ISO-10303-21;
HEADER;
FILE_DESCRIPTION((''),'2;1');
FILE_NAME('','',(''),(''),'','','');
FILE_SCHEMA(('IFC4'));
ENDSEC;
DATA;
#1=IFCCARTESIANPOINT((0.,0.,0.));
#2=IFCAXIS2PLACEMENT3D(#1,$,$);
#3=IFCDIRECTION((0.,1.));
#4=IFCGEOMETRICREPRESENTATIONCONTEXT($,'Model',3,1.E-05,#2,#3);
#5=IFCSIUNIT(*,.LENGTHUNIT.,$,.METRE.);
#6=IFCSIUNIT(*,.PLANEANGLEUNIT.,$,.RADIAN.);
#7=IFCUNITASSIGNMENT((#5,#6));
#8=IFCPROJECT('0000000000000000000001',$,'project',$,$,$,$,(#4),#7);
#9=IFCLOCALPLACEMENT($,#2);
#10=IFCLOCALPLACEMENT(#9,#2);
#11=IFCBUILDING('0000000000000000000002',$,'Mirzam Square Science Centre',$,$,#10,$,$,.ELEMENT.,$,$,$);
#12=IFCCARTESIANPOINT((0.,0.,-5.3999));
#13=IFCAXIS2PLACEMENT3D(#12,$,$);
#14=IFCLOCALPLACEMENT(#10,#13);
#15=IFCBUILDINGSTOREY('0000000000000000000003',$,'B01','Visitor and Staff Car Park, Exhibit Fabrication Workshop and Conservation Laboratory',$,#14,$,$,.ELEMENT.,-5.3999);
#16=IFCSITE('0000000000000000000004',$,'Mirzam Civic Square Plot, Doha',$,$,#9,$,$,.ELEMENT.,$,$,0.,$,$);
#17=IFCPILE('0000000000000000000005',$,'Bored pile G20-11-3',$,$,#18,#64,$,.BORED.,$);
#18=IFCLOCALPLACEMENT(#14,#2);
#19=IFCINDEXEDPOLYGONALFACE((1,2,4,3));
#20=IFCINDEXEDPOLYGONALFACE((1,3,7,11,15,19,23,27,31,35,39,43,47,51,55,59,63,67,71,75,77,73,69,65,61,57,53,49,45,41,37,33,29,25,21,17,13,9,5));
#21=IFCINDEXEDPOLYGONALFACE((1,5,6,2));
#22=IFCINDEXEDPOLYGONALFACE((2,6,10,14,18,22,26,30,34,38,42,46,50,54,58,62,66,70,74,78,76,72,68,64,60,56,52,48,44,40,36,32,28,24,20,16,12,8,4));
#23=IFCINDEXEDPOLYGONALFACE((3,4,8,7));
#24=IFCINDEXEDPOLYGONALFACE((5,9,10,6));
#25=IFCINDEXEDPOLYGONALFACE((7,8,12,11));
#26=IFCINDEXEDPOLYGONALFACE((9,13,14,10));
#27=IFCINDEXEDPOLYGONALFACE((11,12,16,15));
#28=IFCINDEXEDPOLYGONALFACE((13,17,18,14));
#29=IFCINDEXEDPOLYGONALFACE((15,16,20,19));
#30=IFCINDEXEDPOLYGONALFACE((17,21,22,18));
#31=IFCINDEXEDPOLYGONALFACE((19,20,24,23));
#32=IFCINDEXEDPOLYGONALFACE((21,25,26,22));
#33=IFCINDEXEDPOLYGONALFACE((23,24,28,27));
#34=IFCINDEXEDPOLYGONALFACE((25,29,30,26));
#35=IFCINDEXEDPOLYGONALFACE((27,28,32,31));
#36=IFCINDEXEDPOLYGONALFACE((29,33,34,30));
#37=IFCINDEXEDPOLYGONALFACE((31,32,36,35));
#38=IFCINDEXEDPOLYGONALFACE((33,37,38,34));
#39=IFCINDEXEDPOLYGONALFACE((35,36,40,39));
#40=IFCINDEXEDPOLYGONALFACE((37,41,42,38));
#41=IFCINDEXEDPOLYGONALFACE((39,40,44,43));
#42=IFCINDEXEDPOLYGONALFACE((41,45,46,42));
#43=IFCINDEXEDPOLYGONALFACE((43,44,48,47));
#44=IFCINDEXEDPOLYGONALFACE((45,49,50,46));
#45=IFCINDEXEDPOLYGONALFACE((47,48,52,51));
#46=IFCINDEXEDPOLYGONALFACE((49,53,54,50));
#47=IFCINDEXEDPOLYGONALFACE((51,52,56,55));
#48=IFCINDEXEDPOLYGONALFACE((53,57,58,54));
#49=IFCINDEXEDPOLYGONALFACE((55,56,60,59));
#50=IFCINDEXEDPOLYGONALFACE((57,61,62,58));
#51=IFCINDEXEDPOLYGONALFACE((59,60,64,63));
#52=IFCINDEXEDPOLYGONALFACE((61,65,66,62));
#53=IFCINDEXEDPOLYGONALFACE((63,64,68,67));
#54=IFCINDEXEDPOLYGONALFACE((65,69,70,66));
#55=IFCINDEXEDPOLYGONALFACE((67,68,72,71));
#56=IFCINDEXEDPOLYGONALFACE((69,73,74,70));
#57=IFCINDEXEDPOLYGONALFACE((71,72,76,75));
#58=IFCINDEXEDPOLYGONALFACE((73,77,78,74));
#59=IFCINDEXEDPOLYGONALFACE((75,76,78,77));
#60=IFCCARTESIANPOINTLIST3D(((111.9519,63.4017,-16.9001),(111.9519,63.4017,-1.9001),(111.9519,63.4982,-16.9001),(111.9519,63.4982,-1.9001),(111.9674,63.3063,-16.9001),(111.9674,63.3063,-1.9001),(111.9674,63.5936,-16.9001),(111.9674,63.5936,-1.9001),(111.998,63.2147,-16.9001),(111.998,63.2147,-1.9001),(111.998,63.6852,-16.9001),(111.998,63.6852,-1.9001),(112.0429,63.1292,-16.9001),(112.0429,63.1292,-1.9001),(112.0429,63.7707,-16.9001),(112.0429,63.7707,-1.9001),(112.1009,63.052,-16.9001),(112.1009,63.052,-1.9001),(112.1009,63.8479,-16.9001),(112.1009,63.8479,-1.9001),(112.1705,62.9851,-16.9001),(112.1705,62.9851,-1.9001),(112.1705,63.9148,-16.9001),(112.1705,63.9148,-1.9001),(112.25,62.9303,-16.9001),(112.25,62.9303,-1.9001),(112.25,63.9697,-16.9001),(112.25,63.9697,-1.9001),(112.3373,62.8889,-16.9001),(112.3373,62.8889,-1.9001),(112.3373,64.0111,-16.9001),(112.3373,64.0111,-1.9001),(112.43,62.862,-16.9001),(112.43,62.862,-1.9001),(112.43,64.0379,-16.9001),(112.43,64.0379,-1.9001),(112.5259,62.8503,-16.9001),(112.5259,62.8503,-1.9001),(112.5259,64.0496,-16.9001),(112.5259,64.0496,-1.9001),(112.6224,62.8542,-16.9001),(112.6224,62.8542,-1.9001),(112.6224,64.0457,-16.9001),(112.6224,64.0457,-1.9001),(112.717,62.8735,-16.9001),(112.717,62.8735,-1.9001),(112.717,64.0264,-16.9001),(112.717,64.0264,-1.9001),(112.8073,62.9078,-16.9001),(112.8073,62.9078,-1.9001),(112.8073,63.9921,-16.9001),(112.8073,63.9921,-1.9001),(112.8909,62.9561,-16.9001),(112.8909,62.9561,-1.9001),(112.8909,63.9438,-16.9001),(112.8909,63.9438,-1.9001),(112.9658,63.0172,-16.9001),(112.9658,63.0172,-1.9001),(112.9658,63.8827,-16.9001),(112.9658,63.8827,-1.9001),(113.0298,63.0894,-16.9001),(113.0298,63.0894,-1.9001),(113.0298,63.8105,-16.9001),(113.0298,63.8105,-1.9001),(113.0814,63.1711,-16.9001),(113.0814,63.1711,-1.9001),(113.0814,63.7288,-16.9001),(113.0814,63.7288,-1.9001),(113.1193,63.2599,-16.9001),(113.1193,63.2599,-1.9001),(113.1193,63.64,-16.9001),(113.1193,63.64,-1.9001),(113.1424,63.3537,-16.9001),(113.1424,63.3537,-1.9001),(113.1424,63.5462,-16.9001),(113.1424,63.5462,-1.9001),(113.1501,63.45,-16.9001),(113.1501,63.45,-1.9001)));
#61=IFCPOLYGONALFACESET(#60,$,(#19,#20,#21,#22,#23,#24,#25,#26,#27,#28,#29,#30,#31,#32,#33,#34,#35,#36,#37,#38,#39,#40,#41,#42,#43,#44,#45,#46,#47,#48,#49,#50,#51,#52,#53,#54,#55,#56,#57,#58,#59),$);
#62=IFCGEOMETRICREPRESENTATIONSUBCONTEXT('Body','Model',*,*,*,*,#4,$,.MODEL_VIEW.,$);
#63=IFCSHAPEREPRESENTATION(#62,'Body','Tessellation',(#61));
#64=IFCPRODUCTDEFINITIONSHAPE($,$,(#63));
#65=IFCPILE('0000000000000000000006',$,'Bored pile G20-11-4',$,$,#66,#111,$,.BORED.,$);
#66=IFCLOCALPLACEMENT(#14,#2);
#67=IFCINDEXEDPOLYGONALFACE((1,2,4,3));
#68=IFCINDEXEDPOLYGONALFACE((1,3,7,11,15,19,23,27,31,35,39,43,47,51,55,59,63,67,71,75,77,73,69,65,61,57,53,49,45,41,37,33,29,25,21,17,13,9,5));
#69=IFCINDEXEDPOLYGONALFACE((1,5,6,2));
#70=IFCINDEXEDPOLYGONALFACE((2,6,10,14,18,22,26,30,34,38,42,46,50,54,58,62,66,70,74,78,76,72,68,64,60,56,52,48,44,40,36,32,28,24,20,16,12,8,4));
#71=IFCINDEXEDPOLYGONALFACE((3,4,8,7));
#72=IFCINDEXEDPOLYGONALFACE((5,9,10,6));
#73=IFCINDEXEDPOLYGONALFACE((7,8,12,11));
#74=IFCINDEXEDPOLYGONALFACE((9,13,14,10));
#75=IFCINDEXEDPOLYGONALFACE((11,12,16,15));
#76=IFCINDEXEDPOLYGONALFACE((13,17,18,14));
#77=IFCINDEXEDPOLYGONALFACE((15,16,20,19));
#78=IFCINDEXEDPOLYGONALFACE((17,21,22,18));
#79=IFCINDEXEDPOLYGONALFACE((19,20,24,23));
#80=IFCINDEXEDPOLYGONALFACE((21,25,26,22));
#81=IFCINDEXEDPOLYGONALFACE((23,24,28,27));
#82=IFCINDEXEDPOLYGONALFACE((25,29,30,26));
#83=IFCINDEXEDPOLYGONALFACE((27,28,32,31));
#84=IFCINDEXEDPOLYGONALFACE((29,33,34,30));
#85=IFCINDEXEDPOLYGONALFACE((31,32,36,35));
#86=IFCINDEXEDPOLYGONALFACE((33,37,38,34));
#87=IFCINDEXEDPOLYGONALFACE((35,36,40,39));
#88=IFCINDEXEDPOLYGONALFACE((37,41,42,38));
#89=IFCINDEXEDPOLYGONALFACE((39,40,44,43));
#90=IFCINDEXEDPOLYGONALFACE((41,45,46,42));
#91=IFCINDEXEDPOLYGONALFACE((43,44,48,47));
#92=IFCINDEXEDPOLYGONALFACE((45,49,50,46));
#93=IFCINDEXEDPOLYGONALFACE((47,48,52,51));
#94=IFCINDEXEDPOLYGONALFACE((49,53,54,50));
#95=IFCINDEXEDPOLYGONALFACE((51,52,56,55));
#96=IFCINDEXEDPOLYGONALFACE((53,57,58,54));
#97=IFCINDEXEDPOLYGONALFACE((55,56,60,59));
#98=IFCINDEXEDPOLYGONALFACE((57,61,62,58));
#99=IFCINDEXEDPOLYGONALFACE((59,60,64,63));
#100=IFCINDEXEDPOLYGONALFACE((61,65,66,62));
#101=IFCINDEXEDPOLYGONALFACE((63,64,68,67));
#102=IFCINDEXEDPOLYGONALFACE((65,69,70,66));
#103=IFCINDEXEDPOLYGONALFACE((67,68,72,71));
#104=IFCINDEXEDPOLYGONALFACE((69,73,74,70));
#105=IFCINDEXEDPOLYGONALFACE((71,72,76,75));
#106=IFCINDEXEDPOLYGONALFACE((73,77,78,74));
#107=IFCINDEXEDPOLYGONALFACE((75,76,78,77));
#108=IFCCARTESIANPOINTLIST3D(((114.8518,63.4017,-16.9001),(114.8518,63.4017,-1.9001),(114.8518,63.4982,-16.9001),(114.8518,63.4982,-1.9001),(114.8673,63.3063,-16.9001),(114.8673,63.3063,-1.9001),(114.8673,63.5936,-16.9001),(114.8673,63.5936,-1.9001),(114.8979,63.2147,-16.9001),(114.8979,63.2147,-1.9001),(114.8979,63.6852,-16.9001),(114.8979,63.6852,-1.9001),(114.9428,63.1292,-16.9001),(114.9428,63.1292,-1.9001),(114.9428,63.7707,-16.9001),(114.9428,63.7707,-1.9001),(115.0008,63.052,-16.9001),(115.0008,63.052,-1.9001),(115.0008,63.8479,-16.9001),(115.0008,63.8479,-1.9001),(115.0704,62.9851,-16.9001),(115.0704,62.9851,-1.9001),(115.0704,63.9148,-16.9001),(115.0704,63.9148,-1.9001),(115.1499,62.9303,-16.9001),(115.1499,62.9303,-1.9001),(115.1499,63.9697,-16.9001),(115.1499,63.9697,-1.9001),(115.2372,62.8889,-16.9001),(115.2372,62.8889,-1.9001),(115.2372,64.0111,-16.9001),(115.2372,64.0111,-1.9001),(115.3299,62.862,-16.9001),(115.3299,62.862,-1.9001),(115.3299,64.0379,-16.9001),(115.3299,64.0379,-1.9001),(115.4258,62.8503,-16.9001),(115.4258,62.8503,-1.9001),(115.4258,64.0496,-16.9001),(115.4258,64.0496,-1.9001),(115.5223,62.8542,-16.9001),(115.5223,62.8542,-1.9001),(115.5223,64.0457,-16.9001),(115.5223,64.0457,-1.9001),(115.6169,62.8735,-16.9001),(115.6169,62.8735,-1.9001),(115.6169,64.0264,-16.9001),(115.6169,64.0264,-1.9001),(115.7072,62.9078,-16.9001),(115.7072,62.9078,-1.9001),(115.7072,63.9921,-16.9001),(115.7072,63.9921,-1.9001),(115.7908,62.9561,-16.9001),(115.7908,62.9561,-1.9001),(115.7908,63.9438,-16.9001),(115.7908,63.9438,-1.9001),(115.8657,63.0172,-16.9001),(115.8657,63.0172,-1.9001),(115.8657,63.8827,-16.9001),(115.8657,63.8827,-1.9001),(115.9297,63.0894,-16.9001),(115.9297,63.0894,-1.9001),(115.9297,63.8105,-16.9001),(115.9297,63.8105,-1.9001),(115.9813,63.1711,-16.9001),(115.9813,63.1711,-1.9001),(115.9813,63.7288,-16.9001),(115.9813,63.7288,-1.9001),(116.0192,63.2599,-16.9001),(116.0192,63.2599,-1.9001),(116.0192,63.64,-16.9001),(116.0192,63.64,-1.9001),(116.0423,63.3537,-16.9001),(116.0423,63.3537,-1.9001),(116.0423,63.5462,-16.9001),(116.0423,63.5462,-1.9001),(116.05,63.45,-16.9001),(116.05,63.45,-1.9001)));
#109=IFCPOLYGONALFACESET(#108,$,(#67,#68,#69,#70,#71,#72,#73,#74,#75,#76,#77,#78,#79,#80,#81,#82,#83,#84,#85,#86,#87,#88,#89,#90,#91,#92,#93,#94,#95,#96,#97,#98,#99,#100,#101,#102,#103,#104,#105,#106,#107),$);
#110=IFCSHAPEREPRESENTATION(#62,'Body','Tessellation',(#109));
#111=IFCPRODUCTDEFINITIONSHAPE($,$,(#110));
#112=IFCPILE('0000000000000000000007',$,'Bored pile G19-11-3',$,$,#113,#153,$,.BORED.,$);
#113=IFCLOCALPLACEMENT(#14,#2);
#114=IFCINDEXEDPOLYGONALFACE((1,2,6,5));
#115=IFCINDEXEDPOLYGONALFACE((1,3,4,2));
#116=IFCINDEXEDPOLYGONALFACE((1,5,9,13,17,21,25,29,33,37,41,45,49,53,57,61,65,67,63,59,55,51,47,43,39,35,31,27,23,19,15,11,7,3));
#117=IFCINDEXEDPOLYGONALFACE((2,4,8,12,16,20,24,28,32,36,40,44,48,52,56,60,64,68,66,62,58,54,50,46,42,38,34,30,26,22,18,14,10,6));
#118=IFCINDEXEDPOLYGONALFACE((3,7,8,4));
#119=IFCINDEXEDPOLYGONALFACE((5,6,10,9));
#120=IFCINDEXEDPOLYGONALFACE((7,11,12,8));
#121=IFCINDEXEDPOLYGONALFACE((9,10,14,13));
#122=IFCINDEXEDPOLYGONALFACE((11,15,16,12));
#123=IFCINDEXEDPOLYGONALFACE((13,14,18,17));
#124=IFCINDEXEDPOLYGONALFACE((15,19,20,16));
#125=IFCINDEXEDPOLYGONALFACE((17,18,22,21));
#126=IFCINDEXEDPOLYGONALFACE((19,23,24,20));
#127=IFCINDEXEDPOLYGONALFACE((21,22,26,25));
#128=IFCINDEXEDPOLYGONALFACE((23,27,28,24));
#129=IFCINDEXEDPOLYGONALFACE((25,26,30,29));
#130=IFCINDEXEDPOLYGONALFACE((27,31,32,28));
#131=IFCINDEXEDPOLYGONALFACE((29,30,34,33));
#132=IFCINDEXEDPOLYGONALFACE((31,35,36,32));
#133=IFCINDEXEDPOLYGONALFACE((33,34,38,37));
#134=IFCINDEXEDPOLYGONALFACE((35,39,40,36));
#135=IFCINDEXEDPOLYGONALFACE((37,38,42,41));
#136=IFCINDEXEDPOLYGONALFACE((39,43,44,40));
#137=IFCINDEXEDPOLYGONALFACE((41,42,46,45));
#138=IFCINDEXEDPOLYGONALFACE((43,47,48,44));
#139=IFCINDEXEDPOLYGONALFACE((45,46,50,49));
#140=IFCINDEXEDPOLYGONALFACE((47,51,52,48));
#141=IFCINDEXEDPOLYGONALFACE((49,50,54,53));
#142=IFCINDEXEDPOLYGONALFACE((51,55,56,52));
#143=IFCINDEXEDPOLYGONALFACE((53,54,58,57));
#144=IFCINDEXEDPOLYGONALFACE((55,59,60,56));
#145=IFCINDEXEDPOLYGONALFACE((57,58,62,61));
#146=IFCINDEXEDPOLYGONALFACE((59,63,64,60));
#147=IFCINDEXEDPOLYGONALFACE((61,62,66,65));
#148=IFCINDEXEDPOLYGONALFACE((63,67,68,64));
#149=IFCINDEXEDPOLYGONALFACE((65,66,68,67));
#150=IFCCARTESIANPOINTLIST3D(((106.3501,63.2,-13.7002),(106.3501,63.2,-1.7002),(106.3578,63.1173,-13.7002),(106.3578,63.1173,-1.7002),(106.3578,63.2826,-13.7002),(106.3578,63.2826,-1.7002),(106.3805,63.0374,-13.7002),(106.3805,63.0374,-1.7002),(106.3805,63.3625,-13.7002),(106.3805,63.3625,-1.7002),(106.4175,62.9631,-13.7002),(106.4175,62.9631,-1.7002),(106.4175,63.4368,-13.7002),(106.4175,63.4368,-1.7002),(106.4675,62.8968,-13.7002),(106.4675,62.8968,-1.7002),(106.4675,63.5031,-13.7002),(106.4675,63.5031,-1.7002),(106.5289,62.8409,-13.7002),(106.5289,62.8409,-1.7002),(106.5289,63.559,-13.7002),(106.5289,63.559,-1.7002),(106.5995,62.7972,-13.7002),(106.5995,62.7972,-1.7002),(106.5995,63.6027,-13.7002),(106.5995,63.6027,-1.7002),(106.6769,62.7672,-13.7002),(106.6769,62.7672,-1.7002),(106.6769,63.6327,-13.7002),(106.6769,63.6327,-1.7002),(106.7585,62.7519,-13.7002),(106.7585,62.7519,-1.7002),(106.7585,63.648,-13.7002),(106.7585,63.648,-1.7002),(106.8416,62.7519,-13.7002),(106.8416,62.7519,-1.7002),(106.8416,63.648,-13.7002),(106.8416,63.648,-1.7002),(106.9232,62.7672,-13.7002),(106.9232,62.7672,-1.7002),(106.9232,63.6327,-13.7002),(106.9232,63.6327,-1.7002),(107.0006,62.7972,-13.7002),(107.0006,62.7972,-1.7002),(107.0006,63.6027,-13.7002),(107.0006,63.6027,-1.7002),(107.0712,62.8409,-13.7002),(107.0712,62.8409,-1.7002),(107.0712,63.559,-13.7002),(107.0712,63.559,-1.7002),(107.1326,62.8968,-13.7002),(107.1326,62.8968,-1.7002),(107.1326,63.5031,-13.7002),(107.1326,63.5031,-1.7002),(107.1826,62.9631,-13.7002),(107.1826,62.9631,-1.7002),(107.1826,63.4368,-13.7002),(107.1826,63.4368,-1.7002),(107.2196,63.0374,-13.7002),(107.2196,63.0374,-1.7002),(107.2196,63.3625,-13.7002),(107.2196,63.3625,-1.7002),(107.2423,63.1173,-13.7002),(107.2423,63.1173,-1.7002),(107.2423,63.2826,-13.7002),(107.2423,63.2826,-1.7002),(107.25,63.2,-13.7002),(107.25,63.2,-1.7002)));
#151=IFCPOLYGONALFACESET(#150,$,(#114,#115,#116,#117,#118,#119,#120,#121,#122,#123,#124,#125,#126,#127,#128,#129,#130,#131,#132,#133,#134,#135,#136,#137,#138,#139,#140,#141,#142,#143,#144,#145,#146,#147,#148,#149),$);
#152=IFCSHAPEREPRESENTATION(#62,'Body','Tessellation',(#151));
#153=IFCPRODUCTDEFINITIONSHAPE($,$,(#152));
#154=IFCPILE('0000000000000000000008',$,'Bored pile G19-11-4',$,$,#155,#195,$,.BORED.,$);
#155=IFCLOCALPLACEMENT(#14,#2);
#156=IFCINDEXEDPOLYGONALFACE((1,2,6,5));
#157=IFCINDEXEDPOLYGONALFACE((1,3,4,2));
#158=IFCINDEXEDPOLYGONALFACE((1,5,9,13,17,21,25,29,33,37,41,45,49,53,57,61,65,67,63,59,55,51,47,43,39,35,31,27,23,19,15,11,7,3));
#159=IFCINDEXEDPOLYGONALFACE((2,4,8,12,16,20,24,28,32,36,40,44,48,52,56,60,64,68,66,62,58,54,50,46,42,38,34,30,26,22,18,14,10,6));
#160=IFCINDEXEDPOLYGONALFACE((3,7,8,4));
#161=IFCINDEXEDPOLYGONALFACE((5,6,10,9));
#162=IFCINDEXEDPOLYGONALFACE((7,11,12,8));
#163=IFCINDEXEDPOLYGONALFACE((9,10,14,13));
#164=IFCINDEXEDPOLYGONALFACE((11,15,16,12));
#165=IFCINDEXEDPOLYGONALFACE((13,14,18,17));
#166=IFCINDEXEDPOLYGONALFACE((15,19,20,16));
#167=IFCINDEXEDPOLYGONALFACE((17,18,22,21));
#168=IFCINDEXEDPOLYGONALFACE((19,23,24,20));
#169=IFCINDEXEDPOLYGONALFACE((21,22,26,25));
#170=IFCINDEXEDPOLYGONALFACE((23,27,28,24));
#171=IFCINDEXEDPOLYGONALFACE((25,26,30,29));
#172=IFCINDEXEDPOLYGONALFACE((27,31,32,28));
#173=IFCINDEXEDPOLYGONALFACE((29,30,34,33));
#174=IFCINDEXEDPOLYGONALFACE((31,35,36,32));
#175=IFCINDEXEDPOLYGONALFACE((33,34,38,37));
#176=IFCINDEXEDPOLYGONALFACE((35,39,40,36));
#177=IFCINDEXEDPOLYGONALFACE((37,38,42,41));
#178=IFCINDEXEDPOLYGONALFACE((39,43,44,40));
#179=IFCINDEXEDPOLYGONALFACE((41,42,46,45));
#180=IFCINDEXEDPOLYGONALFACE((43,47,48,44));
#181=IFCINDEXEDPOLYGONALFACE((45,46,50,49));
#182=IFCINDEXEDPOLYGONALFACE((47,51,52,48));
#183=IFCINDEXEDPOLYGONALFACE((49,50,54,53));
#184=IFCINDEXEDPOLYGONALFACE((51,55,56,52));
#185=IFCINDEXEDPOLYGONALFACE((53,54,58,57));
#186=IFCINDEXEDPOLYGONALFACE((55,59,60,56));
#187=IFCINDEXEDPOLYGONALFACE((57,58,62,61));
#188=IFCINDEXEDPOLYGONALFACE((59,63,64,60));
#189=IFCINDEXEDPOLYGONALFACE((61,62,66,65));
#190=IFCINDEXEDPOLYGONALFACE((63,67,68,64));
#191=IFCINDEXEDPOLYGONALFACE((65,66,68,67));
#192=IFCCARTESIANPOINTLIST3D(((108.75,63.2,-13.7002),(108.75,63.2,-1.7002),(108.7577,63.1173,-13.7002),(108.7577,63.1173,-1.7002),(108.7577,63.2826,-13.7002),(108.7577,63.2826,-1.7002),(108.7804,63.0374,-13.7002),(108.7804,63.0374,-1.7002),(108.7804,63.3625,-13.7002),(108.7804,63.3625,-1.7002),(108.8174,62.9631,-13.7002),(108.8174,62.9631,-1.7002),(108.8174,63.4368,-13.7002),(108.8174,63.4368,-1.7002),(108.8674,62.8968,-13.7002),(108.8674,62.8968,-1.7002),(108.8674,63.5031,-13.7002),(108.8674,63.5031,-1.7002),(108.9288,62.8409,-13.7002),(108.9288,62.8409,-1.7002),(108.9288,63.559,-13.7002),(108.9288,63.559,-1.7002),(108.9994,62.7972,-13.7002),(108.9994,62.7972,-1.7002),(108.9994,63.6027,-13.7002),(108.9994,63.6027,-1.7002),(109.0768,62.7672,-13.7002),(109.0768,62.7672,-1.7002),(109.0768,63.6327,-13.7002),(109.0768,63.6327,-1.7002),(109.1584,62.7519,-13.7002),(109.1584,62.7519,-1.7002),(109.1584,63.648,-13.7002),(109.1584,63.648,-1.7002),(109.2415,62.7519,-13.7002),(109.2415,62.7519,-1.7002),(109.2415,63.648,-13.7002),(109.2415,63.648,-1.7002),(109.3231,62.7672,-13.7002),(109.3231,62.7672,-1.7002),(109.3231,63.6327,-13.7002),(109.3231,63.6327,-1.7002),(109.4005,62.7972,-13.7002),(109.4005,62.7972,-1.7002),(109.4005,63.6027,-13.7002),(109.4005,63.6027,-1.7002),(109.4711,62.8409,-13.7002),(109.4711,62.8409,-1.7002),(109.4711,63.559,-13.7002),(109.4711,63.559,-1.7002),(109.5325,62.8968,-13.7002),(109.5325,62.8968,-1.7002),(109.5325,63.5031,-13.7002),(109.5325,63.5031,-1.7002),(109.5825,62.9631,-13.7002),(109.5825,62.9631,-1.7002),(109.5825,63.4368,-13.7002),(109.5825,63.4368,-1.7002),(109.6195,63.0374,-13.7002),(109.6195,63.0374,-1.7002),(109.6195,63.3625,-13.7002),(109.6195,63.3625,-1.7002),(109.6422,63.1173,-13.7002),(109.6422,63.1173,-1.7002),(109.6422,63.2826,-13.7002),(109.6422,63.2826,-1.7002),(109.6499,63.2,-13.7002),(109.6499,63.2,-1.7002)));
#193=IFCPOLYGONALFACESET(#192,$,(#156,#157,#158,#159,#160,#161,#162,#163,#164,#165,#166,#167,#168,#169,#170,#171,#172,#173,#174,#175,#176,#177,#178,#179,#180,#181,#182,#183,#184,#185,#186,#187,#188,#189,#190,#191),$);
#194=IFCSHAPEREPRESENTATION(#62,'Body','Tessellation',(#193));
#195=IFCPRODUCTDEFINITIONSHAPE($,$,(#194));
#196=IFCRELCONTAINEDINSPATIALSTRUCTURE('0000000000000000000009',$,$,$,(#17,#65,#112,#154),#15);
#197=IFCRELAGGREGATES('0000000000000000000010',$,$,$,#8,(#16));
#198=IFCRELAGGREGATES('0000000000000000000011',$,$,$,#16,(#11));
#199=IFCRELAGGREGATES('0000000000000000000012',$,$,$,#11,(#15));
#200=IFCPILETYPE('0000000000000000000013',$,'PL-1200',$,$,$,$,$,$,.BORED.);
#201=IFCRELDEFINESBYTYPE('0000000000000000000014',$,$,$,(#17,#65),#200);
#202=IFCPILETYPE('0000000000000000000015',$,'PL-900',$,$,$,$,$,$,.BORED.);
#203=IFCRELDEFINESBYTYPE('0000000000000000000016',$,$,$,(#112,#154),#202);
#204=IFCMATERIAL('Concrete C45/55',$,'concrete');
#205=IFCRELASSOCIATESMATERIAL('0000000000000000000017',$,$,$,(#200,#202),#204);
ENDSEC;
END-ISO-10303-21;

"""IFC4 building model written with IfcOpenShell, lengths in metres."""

from ifc_helpers import new_model, si_unit, direction, frame, origin, origin_2d, place, context, subcontext, project, spatial, circle, extrude, material, material_profile, profile_set, type_object, element, save


model = new_model("IFC4")

# Units and contexts
model_context = context("Model", 3, precision=1e-05, world=origin(), true_north=direction((0.0, 1.0)))
body_context = subcontext(model_context, "Body", "Model", "MODEL_VIEW")
ifc_project = project(units=[si_unit("LENGTHUNIT", "METRE"), si_unit("PLANEANGLEUNIT", "RADIAN")], contexts=[model_context])

# Site, building, storey
site_placement = place(None, origin())
site = spatial("IfcSite", under=ifc_project, at=site_placement, Name="Mirzam Civic Square Plot, Doha", CompositionType="ELEMENT", RefElevation=0.0)
building_placement = place(site_placement, origin())
building = spatial("IfcBuilding", under=site, at=building_placement, Name="Mirzam Square Science Centre", CompositionType="ELEMENT")
storey_placement = place(building_placement, frame((0.0, 0.0, -5.3999)))
storey = spatial("IfcBuildingStorey", under=building, at=storey_placement, Name="B01", Description="Visitor and Staff Car Park, Exhibit Fabrication Workshop and Conservation Laboratory", CompositionType="ELEMENT", Elevation=-5.3999)

# Shared definitions
ifc_material_1 = material(Name="Concrete C45/55", Category="concrete")

# Piles
ifc_material_profile_1 = material_profile(ifc_material_1, circle(Radius=0.6001, at=origin_2d()), Name="PILE-D1200")
ifc_profile_set_1 = profile_set([ifc_material_profile_1], Name="Concrete C45/55")
pile_type_1 = type_object("IfcPileType", Name="PL-1200", PredefinedType="BORED", material=ifc_profile_set_1)
for number, where, z_axis, x_axis, name in (
    (1, (112.55, 63.45, -1.9001), (0.0, 0.0, -1.0), (1.0, 0.0, 0.0), "Bored pile G20-11-3"),
    (2, (115.45, 63.45, -1.9001), (0.0, 0.0, -1.0), (1.0, 0.0, 0.0), "Bored pile G20-11-4"),
):
    element("IfcPile", number, at=place(storey_placement, frame(where, z_axis=z_axis, x_axis=x_axis)), inside=storey, type_object=pile_type_1, Name=name, PredefinedType="BORED", context=body_context, shape_type="SweptSolid", body=[
        extrude(circle(Radius=0.6001, at=origin_2d()), origin(), (0.0, 0.0, 1.0), 15.0),
    ])
ifc_material_profile_2 = material_profile(ifc_material_1, circle(Radius=0.45, at=origin_2d()), Name="PILE-D900")
ifc_profile_set_2 = profile_set([ifc_material_profile_2], Name="Concrete C45/55")
pile_type_2 = type_object("IfcPileType", Name="PL-900", PredefinedType="BORED", material=ifc_profile_set_2)
for number, where, z_axis, x_axis, name in (
    (3, (106.8, 63.2, -1.7002), (0.0, 0.0, -1.0), (1.0, 0.0, 0.0), "Bored pile G19-11-3"),
    (4, (109.2, 63.2, -1.7002), (0.0, 0.0, -1.0), (1.0, 0.0, 0.0), "Bored pile G19-11-4"),
):
    element("IfcPile", number, at=place(storey_placement, frame(where, z_axis=z_axis, x_axis=x_axis)), inside=storey, type_object=pile_type_2, Name=name, PredefinedType="BORED", context=body_context, shape_type="SweptSolid", body=[
        extrude(circle(Radius=0.45, at=origin_2d()), origin(), (0.0, 0.0, 1.0), 12.0),
    ])

save(model, "model.ifc")
